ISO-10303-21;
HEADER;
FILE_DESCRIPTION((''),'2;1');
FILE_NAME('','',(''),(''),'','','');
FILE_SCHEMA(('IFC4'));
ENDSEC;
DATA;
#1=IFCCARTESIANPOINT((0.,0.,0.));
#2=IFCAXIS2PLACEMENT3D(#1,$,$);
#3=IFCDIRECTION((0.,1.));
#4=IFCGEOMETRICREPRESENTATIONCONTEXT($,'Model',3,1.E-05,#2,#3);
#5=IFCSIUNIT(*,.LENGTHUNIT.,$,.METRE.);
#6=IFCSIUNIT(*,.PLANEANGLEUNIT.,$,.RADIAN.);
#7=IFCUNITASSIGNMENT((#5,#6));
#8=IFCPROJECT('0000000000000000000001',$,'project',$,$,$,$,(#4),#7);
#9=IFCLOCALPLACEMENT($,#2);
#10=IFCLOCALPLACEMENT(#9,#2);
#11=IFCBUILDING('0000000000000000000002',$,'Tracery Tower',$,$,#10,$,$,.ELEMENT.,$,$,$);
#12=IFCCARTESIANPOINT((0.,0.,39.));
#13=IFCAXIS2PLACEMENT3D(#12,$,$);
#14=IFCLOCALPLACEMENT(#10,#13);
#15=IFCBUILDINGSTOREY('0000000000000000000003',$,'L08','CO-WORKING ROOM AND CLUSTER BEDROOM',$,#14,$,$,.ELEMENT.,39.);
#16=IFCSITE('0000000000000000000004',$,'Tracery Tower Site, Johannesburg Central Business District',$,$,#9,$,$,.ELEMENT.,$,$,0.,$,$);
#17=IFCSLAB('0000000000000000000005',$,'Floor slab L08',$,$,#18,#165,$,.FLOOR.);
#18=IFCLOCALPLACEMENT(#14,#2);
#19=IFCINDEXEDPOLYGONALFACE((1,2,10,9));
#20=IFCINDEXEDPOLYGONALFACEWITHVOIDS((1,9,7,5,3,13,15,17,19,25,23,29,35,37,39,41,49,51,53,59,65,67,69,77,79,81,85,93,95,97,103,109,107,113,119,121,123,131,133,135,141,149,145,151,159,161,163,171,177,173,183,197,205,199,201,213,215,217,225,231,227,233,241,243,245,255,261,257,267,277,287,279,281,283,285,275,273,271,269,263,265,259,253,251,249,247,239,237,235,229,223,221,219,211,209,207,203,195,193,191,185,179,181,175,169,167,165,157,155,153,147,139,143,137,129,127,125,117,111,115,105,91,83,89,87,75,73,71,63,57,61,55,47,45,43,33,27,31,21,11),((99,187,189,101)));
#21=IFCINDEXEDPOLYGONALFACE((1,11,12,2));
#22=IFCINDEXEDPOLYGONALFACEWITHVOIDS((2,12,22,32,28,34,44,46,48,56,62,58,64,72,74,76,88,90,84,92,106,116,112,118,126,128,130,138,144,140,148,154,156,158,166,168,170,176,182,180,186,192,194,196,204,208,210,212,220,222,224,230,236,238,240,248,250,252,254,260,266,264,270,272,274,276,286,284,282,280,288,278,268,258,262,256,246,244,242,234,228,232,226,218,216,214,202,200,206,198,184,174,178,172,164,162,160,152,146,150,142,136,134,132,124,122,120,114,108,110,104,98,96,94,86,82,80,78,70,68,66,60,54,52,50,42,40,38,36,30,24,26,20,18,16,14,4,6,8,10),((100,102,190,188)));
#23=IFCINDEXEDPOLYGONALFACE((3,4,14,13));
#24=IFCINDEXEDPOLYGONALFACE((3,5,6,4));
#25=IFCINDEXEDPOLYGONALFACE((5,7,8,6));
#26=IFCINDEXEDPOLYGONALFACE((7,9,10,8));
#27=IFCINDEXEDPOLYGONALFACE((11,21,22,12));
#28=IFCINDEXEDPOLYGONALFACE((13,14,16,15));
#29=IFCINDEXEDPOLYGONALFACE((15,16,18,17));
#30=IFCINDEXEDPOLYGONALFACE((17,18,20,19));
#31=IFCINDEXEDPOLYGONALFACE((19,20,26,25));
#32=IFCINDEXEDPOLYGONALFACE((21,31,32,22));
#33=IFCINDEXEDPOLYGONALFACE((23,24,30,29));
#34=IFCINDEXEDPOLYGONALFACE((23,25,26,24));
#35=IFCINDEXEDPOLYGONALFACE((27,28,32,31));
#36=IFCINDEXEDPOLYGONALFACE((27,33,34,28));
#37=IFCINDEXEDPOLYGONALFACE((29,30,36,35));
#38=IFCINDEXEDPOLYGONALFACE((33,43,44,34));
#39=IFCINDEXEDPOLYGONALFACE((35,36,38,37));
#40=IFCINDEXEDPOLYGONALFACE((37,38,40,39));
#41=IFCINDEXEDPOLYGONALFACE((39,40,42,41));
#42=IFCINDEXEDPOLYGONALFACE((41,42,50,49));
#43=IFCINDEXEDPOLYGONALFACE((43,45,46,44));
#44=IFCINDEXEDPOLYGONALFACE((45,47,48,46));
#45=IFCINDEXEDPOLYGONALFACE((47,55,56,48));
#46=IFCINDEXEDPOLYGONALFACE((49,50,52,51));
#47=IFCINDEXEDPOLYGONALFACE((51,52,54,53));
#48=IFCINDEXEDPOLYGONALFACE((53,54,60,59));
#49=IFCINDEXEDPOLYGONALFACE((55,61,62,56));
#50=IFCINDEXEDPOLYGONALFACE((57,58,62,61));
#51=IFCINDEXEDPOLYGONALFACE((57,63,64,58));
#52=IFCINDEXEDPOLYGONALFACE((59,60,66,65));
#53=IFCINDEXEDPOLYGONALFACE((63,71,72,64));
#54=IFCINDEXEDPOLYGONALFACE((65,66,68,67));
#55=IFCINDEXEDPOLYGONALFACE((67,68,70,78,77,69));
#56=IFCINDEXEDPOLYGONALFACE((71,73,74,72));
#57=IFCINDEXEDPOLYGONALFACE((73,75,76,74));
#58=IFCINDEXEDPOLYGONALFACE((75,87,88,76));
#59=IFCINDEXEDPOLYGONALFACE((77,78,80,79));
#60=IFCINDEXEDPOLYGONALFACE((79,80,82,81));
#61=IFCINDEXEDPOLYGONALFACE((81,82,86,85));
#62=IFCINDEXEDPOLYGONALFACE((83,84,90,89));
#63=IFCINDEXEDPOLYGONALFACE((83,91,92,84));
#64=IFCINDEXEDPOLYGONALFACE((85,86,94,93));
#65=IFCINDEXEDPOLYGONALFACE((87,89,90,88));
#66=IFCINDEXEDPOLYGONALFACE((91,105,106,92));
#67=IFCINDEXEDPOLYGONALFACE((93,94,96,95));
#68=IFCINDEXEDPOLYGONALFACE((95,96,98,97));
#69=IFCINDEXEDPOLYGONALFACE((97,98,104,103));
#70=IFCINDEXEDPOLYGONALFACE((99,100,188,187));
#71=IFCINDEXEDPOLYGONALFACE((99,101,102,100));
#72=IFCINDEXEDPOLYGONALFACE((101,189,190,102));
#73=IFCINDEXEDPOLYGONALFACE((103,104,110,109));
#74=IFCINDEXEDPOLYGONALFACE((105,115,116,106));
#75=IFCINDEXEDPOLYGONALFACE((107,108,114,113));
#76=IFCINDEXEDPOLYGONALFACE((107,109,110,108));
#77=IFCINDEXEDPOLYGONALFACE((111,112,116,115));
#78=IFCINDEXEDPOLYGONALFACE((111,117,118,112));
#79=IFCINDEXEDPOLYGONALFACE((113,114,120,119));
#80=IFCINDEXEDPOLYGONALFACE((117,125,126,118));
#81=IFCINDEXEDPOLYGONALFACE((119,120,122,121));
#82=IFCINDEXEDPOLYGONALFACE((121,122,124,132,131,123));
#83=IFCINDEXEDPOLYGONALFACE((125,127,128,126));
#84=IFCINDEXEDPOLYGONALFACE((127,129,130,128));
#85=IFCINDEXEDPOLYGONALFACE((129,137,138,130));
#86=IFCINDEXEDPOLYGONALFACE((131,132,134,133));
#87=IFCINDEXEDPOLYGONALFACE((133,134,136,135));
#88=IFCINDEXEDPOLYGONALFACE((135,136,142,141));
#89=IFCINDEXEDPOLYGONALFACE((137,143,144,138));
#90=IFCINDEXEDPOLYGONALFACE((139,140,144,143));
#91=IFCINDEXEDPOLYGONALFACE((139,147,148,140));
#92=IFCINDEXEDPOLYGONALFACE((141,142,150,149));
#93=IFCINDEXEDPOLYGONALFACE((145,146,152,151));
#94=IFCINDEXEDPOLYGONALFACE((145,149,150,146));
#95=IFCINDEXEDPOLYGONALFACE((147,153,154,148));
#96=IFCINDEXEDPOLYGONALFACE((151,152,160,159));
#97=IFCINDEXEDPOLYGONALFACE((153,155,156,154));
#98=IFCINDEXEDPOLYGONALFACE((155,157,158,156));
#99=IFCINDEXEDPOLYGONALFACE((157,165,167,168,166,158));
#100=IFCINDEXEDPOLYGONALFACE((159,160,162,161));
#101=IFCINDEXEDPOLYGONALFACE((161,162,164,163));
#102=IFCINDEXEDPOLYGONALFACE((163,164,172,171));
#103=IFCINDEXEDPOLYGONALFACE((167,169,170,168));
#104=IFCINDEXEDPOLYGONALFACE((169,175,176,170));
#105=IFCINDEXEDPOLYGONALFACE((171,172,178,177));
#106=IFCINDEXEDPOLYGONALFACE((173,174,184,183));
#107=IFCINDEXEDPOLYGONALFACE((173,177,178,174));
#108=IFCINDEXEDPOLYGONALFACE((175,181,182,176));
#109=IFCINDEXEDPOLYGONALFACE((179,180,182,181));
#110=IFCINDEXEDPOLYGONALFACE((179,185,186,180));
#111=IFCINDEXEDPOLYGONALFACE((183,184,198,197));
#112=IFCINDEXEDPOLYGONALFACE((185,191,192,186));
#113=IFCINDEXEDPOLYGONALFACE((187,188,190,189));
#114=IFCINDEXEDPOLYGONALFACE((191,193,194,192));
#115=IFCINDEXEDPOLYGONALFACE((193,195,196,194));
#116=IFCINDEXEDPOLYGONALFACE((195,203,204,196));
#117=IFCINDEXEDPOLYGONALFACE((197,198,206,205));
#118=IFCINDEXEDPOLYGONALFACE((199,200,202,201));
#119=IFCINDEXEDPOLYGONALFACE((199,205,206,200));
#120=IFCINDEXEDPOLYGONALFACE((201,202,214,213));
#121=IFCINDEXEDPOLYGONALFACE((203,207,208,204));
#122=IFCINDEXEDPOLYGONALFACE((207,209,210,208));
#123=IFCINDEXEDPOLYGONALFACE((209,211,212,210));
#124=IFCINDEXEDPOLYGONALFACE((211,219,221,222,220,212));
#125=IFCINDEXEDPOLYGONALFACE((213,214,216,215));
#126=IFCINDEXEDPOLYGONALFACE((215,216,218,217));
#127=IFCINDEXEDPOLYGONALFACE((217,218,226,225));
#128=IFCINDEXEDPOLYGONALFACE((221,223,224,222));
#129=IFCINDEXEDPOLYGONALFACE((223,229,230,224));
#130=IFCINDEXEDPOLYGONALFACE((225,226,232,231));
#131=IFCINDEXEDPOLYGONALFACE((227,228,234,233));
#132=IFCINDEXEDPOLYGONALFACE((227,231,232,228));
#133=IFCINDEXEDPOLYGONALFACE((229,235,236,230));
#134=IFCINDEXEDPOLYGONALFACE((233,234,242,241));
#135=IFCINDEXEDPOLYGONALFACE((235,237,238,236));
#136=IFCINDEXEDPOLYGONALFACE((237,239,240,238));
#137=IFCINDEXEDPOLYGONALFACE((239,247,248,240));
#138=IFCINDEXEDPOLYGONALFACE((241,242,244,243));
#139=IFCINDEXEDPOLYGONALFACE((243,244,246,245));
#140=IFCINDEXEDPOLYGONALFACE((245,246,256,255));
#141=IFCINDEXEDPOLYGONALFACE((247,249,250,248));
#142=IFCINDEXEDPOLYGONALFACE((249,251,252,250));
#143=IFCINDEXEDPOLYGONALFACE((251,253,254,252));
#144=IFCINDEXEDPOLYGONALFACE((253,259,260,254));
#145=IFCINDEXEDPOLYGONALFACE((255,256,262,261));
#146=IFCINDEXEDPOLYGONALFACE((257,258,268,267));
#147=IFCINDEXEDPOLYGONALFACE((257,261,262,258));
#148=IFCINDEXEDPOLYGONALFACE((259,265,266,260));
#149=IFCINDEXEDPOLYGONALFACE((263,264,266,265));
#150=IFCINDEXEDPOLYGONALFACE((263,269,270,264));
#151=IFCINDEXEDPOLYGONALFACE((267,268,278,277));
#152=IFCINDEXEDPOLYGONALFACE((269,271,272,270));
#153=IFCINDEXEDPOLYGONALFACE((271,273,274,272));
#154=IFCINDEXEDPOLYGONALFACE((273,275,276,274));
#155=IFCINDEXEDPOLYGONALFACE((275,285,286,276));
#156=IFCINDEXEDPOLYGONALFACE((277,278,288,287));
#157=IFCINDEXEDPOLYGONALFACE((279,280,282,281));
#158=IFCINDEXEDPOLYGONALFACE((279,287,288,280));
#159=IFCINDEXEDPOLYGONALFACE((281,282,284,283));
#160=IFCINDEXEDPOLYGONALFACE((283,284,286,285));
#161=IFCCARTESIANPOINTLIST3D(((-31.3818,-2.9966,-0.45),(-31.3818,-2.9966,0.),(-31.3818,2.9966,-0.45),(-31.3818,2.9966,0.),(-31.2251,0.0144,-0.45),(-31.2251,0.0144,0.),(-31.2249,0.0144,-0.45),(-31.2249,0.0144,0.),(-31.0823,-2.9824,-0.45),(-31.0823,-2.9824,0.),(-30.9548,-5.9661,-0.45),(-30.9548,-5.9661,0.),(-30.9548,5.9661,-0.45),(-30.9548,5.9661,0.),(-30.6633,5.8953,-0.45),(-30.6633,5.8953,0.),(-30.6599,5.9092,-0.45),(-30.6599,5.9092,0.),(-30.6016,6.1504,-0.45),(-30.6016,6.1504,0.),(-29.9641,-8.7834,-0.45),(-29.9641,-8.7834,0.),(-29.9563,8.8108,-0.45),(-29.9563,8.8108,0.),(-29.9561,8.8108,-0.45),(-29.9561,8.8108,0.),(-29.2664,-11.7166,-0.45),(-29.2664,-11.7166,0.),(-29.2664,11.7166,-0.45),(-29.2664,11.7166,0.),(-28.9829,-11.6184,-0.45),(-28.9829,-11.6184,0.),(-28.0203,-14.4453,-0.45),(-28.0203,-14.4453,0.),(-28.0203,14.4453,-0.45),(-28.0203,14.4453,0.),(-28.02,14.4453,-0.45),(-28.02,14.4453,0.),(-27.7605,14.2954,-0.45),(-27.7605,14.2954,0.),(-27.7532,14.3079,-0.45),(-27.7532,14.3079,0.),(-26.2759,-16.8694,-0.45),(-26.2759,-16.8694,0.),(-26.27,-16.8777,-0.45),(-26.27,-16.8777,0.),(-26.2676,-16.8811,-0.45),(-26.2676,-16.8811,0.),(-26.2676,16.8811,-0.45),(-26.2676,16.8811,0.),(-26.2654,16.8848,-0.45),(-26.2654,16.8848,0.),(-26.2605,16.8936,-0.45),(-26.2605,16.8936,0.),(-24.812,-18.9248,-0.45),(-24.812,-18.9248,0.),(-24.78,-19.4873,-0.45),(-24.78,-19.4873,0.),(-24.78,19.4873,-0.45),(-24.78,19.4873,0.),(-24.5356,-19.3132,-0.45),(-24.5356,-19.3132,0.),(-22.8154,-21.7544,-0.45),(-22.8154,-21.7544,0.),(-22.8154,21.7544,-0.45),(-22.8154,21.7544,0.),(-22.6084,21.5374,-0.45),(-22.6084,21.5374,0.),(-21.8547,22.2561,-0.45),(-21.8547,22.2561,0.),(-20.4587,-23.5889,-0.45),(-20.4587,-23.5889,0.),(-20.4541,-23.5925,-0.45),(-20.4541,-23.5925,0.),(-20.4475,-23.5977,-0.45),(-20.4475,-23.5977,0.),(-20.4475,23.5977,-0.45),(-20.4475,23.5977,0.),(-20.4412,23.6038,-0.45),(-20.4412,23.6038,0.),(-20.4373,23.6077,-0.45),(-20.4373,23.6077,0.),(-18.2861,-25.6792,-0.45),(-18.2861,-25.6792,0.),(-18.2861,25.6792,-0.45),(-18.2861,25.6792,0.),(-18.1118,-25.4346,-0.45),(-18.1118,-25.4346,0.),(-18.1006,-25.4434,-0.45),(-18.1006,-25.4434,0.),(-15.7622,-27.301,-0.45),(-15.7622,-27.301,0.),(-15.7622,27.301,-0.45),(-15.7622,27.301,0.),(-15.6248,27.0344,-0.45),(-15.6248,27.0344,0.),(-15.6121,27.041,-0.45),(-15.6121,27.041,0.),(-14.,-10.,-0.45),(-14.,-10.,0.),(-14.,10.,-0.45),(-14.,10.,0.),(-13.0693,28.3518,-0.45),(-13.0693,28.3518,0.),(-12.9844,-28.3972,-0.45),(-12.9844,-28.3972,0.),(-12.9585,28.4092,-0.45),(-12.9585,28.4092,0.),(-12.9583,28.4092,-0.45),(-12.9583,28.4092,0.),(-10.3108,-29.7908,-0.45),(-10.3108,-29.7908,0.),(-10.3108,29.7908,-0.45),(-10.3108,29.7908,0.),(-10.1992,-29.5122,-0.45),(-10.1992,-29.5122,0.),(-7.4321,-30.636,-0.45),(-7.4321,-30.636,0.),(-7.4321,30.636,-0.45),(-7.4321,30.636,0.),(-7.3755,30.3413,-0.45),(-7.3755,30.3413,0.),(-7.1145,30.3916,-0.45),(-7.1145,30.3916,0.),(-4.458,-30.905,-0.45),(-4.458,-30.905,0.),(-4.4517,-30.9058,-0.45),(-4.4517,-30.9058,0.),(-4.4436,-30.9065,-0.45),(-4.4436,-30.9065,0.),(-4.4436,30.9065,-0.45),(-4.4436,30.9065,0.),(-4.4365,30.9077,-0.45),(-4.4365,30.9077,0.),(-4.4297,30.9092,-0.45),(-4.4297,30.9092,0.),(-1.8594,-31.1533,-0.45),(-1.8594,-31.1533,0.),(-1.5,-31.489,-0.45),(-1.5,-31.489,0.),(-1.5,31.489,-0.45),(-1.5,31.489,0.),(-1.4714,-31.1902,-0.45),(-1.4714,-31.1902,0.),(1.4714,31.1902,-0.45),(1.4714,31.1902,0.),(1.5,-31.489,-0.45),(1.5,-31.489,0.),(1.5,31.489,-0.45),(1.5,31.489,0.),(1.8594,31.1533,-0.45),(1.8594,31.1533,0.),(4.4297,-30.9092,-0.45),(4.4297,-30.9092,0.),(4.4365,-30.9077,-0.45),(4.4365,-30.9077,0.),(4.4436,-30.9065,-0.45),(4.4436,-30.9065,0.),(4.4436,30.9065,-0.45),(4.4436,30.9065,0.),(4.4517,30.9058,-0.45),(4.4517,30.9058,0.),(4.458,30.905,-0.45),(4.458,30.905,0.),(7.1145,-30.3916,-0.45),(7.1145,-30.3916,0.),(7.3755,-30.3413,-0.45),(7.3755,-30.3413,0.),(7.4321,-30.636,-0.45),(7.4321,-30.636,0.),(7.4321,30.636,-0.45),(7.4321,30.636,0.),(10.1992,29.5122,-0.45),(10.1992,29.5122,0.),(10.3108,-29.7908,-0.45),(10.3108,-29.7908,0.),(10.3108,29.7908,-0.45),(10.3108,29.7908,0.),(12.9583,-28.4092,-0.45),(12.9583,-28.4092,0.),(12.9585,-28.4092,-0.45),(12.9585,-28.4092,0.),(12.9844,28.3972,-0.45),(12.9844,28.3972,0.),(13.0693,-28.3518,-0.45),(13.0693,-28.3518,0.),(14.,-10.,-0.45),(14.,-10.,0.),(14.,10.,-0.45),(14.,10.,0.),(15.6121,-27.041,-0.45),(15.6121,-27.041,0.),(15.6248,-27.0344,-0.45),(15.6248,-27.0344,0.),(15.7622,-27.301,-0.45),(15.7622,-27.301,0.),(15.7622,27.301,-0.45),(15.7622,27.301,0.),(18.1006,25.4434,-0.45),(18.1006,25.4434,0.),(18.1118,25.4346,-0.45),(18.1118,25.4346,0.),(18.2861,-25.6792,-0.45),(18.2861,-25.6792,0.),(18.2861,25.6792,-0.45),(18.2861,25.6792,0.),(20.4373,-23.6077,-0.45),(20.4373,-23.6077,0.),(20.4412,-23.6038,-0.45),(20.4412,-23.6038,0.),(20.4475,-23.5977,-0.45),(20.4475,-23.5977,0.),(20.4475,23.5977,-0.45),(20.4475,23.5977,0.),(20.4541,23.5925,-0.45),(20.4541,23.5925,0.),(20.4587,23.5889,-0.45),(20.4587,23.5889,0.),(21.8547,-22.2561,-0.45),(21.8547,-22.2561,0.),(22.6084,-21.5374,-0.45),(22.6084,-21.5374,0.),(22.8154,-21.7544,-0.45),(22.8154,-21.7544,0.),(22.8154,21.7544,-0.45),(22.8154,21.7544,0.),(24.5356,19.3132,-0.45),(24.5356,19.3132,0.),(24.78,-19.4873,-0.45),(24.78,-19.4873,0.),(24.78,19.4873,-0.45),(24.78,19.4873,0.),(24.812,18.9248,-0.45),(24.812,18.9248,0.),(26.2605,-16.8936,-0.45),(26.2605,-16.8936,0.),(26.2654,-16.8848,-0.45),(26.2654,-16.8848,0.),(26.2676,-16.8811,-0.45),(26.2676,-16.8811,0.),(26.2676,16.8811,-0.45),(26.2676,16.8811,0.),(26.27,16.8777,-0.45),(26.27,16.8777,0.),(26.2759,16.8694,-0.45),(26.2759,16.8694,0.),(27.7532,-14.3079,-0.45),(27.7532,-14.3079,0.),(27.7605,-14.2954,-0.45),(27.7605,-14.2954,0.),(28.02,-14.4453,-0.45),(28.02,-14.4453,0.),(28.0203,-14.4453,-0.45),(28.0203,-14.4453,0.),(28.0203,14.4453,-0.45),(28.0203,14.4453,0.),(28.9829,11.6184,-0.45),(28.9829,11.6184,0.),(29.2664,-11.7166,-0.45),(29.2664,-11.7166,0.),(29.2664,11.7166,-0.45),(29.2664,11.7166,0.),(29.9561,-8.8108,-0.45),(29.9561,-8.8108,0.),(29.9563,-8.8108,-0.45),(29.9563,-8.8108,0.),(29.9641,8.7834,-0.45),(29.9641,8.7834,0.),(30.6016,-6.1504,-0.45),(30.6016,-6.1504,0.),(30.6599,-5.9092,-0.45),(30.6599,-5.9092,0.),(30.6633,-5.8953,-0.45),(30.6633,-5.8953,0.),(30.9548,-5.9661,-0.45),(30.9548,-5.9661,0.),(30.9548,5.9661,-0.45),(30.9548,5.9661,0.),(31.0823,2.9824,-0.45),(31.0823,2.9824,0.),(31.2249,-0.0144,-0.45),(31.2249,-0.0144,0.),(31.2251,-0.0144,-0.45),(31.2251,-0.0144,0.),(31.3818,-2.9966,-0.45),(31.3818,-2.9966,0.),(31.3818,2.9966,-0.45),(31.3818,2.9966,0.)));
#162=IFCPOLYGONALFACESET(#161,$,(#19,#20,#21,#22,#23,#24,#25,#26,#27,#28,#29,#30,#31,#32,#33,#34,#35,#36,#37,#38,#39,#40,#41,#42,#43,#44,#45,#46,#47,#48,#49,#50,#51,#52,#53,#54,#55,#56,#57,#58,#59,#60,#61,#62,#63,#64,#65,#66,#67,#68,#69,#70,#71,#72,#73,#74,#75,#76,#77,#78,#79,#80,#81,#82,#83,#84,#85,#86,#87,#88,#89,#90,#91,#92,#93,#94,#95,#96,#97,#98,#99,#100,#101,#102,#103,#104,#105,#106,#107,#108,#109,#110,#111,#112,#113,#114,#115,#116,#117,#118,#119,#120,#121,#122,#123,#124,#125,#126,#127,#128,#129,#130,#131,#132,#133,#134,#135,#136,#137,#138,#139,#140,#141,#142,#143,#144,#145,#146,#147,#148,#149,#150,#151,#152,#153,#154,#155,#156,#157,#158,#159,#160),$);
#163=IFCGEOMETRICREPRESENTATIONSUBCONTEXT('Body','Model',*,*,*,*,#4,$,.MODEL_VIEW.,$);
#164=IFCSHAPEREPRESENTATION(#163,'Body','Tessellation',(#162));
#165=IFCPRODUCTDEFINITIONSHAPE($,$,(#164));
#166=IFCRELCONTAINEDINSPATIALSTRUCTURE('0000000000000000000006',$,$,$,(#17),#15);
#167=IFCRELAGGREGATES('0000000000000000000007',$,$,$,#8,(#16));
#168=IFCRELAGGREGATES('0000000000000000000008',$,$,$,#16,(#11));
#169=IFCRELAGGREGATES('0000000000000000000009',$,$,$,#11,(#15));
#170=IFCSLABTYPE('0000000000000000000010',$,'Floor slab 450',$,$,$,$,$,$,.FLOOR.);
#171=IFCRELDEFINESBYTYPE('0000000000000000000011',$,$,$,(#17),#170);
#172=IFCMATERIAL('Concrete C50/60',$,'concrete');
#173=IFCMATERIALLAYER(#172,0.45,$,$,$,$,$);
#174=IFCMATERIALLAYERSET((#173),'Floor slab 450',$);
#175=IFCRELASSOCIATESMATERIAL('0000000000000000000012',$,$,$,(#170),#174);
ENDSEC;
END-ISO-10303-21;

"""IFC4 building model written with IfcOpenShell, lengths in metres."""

from ifc_helpers import new_model, si_unit, direction, frame, origin, place, context, subcontext, project, spatial, polyline, outline, extrude, material, layer, layer_set, type_object, element, save


model = new_model("IFC4")

# Units and contexts
model_context = context("Model", 3, precision=1e-05, world=origin(), true_north=direction((0.0, 1.0)))
body_context = subcontext(model_context, "Body", "Model", "MODEL_VIEW")
ifc_project = project(units=[si_unit("LENGTHUNIT", "METRE"), si_unit("PLANEANGLEUNIT", "RADIAN")], contexts=[model_context])

# Site, building, storey
site_placement = place(None, origin())
site = spatial("IfcSite", under=ifc_project, at=site_placement, Name="Tracery Tower Site, Johannesburg Central Business District", CompositionType="ELEMENT", RefElevation=0.0)
building_placement = place(site_placement, origin())
building = spatial("IfcBuilding", under=site, at=building_placement, Name="Tracery Tower", CompositionType="ELEMENT")
storey_placement = place(building_placement, frame((0.0, 0.0, 39.0)))
storey = spatial("IfcBuildingStorey", under=building, at=storey_placement, Name="L08", Description="CO-WORKING ROOM AND CLUSTER BEDROOM", CompositionType="ELEMENT", Elevation=39.0)

# Slab
ifc_material_1 = material(Name="Concrete C50/60", Category="concrete")
ifc_layer_1 = layer(ifc_material_1, 0.45)
ifc_layer_set_1 = layer_set([ifc_layer_1], Name="Floor slab 450")
slab_type_1 = type_object("IfcSlabType", Name="Floor slab 450", PredefinedType="FLOOR", material=ifc_layer_set_1)
slab_1_placement = place(storey_placement, frame((0.0, 0.0, -0.45)))
element("IfcSlab", 1, at=slab_1_placement, inside=storey, type_object=slab_type_1, Name="Floor slab L08", PredefinedType="FLOOR", context=body_context, shape_type="SweptSolid", body=[
    extrude(outline(polyline([(29.9641, 8.7834), (29.9641, 8.7834), (28.9829, 11.6184), (29.2664, 11.7166), (28.0203, 14.4453), (26.2759, 16.8694), (26.2759, 16.8694), (26.27, 16.8777), (26.2676, 16.8811), (24.812, 18.9248), (24.5356, 19.3132), (24.78, 19.4873), (22.8154, 21.7544), (20.4587, 23.5889), (20.4587, 23.5889), (20.4541, 23.5925), (20.4475, 23.5977), (18.1118, 25.4346), (18.1118, 25.4346), (18.1006, 25.4434), (18.2861, 25.6792), (15.7622, 27.301), (12.9844, 28.3972), (12.9844, 28.3972), (10.1992, 29.5122), (10.3108, 29.7908), (7.4321, 30.636), (4.458, 30.905), (4.458, 30.905), (4.4517, 30.9058), (4.4436, 30.9065), (1.8594, 31.1533), (1.4714, 31.1902), (1.5, 31.489), (1.5, 31.489), (-1.5, 31.489), (-4.4297, 30.9092), (-4.4297, 30.9092), (-4.4365, 30.9077), (-4.4436, 30.9065), (-7.1145, 30.3916), (-7.3755, 30.3413), (-7.4321, 30.636), (-10.3108, 29.7908), (-12.9585, 28.4092), (-12.9583, 28.4092), (-13.0693, 28.3518), (-15.6121, 27.041), (-15.6121, 27.041), (-15.6248, 27.0344), (-15.7622, 27.301), (-15.7622, 27.301), (-18.2861, 25.6792), (-20.4373, 23.6077), (-20.4373, 23.6077), (-20.4412, 23.6038), (-20.4475, 23.5977), (-21.8547, 22.2561), (-22.6084, 21.5374), (-22.8154, 21.7544), (-24.78, 19.4873), (-26.2605, 16.8936), (-26.2605, 16.8936), (-26.2654, 16.8848), (-26.2676, 16.8811), (-27.7532, 14.3079), (-27.7532, 14.3079), (-27.7605, 14.2954), (-28.02, 14.4453), (-28.0203, 14.4453), (-29.2664, 11.7166), (-29.9563, 8.8108), (-29.9561, 8.8108), (-30.6016, 6.1504), (-30.6599, 5.9092), (-30.6599, 5.9092), (-30.6633, 5.8953), (-30.9548, 5.9661), (-31.3818, 2.9966), (-31.2251, 0.0144), (-31.2249, 0.0144), (-31.0823, -2.9824), (-31.3818, -2.9966), (-30.9548, -5.9661), (-29.9641, -8.7834), (-29.9641, -8.7834), (-28.9829, -11.6184), (-29.2664, -11.7166), (-28.0203, -14.4453), (-26.2759, -16.8694), (-26.2759, -16.8694), (-26.27, -16.8777), (-26.2676, -16.8811), (-24.812, -18.9248), (-24.5356, -19.3132), (-24.78, -19.4873), (-22.8154, -21.7544), (-20.4587, -23.5889), (-20.4587, -23.5889), (-20.4541, -23.5925), (-20.4475, -23.5977), (-18.1118, -25.4346), (-18.1118, -25.4346), (-18.1006, -25.4434), (-18.2861, -25.6792), (-15.7622, -27.301), (-12.9844, -28.3972), (-12.9844, -28.3972), (-10.1992, -29.5122), (-10.3108, -29.7908), (-7.4321, -30.636), (-4.458, -30.905), (-4.458, -30.905), (-4.4517, -30.9058), (-4.4436, -30.9065), (-1.8594, -31.1533), (-1.4714, -31.1902), (-1.5, -31.489), (-1.5, -31.489), (1.5, -31.489), (4.4297, -30.9092), (4.4297, -30.9092), (4.4365, -30.9077), (4.4436, -30.9065), (7.1145, -30.3916), (7.3755, -30.3413), (7.4321, -30.636), (10.3108, -29.7908), (12.9585, -28.4092), (12.9583, -28.4092), (13.0693, -28.3518), (15.6121, -27.041), (15.6121, -27.041), (15.6248, -27.0344), (15.7622, -27.301), (15.7622, -27.301), (18.2861, -25.6792), (20.4373, -23.6077), (20.4373, -23.6077), (20.4412, -23.6038), (20.4475, -23.5977), (21.8547, -22.2561), (22.6084, -21.5374), (22.8154, -21.7544), (24.78, -19.4873), (26.2605, -16.8936), (26.2605, -16.8936), (26.2654, -16.8848), (26.2676, -16.8811), (27.7532, -14.3079), (27.7532, -14.3079), (27.7605, -14.2954), (28.02, -14.4453), (28.0203, -14.4453), (29.2664, -11.7166), (29.9563, -8.8108), (29.9561, -8.8108), (30.6016, -6.1504), (30.6599, -5.9092), (30.6599, -5.9092), (30.6633, -5.8953), (30.9548, -5.9661), (31.3818, -2.9966), (31.2251, -0.0144), (31.2249, -0.0144), (31.0823, 2.9824), (31.3818, 2.9966), (30.9548, 5.9661), (29.9641, 8.7834)]), holes=[polyline([(-14.0, -10.0), (14.0, -10.0), (14.0, 10.0), (-14.0, 10.0), (-14.0, -10.0)])]), origin(), (0.0, 0.0, 1.0), 0.45),
])

save(model, "model.ifc")
